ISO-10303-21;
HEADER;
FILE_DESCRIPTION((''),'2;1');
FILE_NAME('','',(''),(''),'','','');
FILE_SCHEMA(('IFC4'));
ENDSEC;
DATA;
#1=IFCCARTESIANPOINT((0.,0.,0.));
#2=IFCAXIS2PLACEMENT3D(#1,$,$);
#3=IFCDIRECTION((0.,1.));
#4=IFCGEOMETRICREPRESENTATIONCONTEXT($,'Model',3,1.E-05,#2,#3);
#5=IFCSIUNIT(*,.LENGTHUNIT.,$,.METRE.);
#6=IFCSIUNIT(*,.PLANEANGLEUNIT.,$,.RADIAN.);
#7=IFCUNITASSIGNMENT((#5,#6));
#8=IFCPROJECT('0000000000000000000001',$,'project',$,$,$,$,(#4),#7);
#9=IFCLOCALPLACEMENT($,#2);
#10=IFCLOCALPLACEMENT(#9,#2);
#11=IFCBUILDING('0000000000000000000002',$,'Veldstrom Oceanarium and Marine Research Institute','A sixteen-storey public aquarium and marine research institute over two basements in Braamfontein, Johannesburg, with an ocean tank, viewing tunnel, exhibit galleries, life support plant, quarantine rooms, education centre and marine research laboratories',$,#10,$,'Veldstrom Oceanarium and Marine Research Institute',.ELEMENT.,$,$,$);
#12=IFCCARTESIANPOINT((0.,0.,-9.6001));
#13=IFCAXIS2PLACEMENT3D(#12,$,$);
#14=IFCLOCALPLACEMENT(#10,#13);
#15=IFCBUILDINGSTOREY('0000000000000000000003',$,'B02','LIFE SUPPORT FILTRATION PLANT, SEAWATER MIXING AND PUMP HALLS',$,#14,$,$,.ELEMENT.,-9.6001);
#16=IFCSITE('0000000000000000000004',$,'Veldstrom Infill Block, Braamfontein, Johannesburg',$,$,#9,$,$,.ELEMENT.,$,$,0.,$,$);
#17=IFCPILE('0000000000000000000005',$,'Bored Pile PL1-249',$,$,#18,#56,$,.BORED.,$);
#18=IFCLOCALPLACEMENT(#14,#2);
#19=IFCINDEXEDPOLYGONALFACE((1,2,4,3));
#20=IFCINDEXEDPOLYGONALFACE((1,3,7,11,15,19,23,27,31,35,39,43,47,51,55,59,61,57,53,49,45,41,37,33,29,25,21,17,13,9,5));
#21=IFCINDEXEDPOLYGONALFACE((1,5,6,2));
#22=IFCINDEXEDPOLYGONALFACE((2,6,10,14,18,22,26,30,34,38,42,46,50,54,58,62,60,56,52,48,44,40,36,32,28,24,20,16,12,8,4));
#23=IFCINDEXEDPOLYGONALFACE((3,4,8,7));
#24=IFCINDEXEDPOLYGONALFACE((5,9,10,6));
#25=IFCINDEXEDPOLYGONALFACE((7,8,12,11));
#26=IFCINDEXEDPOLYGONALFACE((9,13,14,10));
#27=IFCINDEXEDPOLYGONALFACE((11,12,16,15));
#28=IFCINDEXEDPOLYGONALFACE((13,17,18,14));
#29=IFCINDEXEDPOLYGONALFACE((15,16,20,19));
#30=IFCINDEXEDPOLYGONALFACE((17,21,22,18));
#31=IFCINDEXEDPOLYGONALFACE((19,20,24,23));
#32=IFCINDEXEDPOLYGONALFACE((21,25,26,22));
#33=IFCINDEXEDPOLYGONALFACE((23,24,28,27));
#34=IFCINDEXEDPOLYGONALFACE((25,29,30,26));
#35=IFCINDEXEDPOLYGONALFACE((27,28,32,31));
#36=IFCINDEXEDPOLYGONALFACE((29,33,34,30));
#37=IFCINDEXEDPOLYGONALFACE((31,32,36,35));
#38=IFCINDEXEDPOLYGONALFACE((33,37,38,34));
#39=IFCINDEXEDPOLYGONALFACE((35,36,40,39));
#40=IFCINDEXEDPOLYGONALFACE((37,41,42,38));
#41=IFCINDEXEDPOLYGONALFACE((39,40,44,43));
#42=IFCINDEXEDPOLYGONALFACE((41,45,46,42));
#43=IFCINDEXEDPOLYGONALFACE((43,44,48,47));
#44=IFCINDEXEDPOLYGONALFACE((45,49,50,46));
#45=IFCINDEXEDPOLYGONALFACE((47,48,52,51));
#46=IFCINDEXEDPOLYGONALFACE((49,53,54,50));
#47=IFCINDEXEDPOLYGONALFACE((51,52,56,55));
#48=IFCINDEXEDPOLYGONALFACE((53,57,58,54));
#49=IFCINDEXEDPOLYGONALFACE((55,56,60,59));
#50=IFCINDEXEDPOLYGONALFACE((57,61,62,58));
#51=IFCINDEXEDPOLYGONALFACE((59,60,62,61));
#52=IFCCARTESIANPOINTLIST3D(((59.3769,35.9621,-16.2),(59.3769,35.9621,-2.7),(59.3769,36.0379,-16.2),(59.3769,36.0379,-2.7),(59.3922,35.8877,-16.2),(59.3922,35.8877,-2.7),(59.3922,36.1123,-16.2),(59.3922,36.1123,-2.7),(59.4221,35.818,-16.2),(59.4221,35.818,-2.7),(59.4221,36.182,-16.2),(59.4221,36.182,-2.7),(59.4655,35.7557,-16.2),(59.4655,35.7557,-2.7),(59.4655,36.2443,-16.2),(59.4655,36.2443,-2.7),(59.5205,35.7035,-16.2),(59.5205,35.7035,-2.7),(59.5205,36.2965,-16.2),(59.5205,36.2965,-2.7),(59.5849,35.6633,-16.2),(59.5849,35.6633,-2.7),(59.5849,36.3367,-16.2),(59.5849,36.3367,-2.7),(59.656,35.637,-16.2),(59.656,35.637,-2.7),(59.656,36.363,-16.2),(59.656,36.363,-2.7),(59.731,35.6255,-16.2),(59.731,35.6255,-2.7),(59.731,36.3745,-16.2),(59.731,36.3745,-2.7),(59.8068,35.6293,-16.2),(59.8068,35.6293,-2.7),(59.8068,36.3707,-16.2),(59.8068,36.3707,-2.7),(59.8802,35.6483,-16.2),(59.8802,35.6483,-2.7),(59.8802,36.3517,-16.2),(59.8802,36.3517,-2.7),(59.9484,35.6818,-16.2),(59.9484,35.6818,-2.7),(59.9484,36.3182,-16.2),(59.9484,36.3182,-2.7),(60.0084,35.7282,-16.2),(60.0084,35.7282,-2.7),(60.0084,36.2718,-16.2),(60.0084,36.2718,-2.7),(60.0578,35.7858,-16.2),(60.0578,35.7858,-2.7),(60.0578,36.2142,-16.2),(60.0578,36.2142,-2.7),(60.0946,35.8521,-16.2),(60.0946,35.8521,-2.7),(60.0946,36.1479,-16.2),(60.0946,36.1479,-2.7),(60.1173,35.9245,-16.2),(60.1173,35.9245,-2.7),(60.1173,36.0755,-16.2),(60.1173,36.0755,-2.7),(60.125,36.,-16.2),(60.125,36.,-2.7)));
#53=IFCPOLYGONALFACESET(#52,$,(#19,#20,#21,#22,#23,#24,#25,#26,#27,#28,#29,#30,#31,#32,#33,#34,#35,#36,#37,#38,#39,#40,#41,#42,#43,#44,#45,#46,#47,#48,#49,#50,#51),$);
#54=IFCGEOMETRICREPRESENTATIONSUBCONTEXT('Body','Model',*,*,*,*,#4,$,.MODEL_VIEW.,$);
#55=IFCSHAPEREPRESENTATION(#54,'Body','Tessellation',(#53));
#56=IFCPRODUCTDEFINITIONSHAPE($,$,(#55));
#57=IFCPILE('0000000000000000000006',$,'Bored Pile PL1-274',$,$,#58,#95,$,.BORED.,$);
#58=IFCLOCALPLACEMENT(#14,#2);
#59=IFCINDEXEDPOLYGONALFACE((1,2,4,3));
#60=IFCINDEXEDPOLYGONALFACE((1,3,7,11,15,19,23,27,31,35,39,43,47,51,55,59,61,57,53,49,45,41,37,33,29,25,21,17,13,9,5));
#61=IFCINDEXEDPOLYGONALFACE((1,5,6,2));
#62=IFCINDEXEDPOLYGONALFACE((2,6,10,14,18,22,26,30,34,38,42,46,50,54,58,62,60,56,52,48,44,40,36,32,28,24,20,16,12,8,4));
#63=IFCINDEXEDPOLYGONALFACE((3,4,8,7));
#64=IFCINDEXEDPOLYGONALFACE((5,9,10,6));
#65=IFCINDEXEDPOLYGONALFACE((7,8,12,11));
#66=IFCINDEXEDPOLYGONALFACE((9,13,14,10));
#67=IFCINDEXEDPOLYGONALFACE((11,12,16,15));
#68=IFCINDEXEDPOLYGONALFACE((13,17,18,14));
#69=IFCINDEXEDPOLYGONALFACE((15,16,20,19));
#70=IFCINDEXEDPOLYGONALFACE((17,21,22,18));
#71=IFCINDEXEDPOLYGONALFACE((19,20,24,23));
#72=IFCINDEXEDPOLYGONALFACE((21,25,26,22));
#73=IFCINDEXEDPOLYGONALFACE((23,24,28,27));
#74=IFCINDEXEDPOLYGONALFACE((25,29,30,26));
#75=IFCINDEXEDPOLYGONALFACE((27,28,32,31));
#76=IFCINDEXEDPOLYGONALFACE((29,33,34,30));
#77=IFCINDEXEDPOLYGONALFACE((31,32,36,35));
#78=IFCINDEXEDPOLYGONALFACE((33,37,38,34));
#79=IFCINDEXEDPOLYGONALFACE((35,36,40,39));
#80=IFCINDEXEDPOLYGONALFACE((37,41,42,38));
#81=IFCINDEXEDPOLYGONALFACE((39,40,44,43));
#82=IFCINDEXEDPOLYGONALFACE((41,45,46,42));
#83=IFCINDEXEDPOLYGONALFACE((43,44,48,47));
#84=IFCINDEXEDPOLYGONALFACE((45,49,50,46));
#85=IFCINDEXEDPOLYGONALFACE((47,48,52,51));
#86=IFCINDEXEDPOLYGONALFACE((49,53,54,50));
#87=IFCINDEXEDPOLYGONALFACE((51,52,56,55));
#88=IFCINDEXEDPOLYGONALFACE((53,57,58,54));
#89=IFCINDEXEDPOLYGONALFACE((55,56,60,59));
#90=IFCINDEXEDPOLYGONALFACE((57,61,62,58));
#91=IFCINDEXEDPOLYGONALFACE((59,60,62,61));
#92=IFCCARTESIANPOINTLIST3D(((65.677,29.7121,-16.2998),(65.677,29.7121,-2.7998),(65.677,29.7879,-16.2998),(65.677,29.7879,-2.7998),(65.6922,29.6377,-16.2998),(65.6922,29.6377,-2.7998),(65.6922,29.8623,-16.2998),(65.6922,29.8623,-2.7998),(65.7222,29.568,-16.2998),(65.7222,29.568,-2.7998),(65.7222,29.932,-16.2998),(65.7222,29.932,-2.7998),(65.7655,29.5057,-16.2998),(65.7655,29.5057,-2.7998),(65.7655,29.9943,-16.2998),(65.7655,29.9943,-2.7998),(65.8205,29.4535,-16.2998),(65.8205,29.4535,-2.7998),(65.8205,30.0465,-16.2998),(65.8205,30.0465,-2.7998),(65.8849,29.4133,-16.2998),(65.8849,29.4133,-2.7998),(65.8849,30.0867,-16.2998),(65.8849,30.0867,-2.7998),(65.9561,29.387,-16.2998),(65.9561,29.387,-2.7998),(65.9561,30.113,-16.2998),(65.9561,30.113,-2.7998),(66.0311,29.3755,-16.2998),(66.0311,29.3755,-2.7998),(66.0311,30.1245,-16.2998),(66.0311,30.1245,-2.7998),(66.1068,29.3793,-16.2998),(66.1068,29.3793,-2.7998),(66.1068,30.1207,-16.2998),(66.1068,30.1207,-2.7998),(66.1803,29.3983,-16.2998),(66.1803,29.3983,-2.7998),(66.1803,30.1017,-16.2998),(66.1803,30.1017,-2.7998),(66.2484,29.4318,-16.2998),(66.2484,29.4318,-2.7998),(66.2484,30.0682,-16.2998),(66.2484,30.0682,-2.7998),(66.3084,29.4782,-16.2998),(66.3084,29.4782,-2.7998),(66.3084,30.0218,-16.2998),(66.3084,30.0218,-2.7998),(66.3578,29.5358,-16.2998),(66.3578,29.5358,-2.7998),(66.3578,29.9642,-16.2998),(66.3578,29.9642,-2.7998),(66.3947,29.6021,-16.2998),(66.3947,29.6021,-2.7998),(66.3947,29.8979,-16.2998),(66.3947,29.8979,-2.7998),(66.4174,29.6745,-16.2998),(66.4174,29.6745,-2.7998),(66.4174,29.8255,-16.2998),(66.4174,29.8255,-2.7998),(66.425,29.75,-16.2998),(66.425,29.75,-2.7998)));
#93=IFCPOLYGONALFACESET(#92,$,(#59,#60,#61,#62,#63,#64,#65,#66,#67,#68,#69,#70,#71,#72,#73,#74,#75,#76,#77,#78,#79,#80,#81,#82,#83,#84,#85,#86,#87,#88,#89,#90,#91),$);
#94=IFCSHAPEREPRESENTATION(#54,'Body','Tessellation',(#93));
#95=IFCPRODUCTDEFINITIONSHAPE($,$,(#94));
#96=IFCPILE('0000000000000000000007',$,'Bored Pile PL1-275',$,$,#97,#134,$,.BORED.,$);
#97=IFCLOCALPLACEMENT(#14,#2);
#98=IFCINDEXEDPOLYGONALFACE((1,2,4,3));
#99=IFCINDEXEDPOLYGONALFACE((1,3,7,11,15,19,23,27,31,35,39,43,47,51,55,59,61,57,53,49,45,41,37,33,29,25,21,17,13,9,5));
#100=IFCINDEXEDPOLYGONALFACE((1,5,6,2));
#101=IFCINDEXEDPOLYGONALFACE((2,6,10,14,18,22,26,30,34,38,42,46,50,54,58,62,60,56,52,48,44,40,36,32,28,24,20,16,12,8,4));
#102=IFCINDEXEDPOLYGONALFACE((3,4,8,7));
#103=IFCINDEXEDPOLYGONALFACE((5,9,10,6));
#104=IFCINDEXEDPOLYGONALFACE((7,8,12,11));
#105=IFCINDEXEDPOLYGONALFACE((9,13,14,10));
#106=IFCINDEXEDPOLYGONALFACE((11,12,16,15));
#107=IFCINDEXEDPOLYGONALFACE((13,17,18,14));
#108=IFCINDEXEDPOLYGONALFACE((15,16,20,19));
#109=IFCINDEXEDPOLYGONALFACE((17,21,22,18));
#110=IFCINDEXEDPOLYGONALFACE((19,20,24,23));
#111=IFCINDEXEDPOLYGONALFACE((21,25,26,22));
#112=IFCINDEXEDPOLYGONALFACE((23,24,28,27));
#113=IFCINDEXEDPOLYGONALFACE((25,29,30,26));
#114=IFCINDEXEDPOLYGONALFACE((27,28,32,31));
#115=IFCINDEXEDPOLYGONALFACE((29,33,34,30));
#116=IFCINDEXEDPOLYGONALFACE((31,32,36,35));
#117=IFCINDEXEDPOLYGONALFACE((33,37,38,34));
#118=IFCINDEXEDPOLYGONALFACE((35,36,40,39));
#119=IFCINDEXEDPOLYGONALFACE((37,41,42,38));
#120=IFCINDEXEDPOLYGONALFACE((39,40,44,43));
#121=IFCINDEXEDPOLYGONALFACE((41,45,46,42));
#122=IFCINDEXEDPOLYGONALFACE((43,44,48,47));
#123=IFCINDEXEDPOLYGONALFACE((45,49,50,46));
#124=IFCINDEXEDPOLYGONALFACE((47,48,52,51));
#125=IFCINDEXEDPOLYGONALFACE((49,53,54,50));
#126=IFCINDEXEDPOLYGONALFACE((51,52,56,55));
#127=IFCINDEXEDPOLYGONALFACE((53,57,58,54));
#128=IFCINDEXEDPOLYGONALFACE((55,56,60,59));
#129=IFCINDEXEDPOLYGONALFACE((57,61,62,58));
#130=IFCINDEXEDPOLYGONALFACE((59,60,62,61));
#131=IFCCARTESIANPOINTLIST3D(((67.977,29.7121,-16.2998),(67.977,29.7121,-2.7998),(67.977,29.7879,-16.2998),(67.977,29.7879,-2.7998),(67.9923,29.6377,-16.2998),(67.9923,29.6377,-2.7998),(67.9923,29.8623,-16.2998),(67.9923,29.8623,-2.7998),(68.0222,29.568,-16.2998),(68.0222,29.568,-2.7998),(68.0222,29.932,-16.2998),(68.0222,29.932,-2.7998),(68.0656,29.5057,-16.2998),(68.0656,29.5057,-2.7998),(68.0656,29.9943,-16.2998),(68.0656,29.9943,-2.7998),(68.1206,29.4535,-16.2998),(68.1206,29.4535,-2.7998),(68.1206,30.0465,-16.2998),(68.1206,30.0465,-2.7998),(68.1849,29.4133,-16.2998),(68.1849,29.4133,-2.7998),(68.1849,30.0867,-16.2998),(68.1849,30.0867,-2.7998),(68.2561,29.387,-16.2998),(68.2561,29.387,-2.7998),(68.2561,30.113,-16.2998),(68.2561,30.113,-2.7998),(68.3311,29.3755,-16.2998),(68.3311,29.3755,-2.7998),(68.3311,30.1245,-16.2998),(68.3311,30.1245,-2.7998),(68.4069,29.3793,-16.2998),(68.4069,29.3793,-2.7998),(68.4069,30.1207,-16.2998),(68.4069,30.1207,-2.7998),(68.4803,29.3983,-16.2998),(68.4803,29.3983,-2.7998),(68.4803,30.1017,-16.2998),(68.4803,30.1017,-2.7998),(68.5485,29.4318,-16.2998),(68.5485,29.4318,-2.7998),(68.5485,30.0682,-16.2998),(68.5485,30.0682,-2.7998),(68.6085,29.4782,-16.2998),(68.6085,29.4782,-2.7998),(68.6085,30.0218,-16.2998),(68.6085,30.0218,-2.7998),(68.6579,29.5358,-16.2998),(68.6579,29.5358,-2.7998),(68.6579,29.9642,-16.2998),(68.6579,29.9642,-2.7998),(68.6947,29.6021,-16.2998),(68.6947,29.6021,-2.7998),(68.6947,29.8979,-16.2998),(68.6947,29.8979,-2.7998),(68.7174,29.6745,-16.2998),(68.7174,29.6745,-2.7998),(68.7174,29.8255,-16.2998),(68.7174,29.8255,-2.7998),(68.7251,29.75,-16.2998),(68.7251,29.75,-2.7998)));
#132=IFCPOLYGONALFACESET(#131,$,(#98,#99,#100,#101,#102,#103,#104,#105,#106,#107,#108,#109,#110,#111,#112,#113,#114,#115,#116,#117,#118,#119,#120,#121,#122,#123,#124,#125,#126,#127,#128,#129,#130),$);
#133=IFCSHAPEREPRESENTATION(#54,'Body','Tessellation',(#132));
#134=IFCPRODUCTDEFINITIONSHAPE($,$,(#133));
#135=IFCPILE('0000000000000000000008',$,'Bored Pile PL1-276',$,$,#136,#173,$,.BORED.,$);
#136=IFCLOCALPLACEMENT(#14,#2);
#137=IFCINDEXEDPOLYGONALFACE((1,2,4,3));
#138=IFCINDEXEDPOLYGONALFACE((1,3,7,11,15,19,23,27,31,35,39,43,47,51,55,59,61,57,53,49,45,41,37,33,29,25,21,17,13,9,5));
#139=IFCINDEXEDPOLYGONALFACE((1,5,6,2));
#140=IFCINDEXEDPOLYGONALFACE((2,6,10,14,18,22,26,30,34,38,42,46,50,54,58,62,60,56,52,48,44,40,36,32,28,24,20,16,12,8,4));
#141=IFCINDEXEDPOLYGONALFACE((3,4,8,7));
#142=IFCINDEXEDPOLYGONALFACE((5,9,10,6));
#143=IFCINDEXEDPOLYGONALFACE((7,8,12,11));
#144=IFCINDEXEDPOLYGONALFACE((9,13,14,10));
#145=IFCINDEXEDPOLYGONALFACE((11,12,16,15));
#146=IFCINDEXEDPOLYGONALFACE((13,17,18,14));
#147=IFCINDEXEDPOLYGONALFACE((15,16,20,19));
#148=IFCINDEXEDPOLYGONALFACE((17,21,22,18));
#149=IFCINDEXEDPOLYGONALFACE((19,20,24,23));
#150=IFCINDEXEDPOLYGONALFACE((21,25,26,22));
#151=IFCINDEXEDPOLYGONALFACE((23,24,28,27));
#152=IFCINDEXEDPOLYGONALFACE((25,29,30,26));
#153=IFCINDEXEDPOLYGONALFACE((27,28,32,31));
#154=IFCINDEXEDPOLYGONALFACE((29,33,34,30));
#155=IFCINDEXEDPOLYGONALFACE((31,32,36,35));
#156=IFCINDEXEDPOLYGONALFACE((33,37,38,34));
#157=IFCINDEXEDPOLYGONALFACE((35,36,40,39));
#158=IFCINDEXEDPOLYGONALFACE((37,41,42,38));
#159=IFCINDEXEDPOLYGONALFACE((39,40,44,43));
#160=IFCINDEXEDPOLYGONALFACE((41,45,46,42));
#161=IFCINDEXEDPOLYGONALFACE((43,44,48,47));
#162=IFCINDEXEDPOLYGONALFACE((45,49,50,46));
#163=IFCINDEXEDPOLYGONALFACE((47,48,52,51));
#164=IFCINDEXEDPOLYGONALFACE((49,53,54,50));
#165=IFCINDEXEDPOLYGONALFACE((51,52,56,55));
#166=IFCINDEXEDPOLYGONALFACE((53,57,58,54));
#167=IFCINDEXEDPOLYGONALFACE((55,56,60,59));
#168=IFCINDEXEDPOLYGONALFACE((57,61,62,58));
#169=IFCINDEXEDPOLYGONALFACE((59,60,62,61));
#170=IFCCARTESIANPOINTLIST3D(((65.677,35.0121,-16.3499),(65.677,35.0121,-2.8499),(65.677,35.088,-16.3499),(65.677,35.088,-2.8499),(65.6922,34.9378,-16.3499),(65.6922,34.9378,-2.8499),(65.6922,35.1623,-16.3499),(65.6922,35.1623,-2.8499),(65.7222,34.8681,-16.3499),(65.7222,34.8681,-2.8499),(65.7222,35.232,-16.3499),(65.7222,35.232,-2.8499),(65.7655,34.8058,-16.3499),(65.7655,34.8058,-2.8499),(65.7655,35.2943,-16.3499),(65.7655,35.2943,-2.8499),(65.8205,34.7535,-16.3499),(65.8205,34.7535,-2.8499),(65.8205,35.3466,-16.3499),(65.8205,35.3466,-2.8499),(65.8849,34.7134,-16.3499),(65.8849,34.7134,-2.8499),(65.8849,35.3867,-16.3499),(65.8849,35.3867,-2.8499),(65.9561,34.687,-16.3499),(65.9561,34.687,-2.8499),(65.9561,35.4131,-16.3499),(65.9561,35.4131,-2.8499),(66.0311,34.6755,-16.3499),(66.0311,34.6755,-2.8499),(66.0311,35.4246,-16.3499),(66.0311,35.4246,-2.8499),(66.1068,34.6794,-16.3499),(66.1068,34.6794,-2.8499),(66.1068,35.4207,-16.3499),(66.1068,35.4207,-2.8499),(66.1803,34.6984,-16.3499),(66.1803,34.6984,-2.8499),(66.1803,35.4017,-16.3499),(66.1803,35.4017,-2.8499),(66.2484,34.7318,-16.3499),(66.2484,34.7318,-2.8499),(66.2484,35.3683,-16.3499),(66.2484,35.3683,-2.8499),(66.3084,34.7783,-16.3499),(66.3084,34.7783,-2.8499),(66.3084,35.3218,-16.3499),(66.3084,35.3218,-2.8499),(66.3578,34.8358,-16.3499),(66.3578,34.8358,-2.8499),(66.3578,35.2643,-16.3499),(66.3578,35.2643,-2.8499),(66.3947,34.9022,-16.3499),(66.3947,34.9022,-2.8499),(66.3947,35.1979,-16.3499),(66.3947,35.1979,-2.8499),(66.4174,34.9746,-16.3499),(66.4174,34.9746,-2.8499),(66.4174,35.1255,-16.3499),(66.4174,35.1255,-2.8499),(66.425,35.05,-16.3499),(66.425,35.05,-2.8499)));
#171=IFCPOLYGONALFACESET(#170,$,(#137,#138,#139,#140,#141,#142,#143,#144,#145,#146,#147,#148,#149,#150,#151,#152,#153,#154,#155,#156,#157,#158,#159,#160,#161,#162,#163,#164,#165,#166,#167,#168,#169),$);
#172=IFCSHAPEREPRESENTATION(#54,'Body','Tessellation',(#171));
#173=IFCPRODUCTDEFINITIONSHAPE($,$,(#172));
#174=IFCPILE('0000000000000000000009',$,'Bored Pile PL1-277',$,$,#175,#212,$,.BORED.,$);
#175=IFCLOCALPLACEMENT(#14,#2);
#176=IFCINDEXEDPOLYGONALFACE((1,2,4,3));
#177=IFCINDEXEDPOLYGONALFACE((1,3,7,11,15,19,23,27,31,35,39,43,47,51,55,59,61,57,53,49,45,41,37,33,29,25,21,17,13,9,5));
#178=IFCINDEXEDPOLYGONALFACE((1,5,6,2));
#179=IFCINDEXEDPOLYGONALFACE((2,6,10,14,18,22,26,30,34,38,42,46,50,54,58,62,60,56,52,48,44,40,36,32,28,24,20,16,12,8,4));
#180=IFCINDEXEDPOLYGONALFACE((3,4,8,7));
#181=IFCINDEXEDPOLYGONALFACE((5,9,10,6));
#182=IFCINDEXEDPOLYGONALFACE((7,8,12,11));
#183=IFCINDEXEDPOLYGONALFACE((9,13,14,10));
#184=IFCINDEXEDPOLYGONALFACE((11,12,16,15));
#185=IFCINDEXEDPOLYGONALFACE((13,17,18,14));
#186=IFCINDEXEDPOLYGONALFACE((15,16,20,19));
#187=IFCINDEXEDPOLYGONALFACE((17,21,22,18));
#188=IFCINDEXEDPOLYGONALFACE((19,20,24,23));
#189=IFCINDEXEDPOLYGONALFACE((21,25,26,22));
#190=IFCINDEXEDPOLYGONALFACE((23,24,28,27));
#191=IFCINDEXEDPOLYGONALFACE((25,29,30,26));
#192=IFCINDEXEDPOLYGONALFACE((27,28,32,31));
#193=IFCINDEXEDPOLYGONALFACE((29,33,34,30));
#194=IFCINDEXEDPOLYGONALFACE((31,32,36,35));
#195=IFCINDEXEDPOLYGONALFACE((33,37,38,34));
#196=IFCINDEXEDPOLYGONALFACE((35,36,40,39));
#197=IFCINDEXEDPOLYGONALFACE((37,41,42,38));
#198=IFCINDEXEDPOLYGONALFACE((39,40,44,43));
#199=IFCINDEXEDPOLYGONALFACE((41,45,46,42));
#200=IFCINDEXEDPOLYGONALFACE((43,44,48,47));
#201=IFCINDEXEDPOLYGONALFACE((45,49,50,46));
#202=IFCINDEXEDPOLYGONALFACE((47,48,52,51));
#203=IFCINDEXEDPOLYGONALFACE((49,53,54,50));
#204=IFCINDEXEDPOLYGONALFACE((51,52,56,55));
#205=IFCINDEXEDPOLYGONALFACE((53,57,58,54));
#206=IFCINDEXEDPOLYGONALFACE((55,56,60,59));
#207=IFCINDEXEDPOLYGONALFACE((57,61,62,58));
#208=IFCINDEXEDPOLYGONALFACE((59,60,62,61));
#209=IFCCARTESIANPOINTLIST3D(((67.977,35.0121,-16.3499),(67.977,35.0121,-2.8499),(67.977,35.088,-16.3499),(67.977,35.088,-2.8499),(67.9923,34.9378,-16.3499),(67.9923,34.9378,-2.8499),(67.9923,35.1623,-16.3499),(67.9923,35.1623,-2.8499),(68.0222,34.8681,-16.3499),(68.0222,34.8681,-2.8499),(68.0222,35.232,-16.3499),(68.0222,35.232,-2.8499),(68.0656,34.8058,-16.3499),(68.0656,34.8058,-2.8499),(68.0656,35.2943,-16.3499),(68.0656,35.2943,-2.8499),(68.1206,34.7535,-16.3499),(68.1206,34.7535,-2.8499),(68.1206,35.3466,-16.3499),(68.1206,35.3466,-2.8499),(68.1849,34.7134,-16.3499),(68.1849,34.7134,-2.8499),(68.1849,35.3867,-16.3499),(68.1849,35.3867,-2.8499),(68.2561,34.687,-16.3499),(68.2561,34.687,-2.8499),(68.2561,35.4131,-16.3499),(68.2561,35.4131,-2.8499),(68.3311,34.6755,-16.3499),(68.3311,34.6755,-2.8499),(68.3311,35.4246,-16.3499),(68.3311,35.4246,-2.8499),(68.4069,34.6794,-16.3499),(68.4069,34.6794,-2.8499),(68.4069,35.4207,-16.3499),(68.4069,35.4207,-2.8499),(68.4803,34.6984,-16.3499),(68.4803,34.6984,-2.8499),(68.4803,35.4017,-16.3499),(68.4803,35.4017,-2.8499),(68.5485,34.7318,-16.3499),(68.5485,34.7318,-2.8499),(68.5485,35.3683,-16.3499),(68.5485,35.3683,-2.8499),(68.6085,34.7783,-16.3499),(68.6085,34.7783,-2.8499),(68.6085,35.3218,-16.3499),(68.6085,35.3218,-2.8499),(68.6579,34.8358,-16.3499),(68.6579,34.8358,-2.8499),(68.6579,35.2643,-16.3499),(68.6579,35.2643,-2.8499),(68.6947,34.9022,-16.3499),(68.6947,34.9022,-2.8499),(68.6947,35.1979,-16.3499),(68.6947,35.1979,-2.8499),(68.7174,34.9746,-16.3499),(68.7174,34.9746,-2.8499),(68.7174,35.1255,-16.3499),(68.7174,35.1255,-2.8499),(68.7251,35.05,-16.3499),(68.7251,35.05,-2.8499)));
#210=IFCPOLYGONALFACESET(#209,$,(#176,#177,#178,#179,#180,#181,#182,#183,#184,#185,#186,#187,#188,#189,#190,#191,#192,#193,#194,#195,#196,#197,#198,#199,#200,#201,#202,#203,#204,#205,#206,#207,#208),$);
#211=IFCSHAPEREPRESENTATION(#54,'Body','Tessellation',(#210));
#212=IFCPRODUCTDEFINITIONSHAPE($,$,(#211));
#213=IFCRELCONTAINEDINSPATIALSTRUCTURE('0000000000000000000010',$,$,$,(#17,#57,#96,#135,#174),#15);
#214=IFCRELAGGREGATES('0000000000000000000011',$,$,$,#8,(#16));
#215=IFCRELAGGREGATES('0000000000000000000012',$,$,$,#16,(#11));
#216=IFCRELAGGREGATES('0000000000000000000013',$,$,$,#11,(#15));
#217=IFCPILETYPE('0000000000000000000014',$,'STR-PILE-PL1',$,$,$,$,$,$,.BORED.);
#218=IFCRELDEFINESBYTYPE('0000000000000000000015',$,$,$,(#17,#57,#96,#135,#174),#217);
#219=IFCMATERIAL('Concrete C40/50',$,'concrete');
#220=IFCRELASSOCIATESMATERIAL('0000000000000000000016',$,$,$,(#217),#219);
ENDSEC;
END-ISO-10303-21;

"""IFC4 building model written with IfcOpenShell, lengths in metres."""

from ifc_helpers import new_model, si_unit, direction, frame, origin, origin_2d, place, context, subcontext, project, spatial, circle, extrude, material, material_profile, profile_set, type_object, element, save


model = new_model("IFC4")

# Units and contexts
model_context = context("Model", 3, precision=1e-05, world=origin(), true_north=direction((0.0, 1.0)))
body_context = subcontext(model_context, "Body", "Model", "MODEL_VIEW")
ifc_project = project(units=[si_unit("LENGTHUNIT", "METRE"), si_unit("PLANEANGLEUNIT", "RADIAN")], contexts=[model_context])

# Site, building, storey
site_placement = place(None, origin())
site = spatial("IfcSite", under=ifc_project, at=site_placement, Name="Veldstrom Infill Block, Braamfontein, Johannesburg", CompositionType="ELEMENT", RefElevation=0.0)
building_placement = place(site_placement, origin())
building = spatial("IfcBuilding", under=site, at=building_placement, Name="Veldstrom Oceanarium and Marine Research Institute", Description="A sixteen-storey public aquarium and marine research institute over two basements in Braamfontein, Johannesburg, with an ocean tank, viewing tunnel, exhibit galleries, life support plant, quarantine rooms, education centre and marine research laboratories", LongName="Veldstrom Oceanarium and Marine Research Institute", CompositionType="ELEMENT")
storey_placement = place(building_placement, frame((0.0, 0.0, -9.6001)))
storey = spatial("IfcBuildingStorey", under=building, at=storey_placement, Name="B02", Description="LIFE SUPPORT FILTRATION PLANT, SEAWATER MIXING AND PUMP HALLS", CompositionType="ELEMENT", Elevation=-9.6001)

# Piles
ifc_material_1 = material(Name="Concrete C40/50", Category="concrete")
ifc_material_profile_1 = material_profile(ifc_material_1, circle(Radius=0.375, at=origin_2d()), Name="PILE-D750")
ifc_profile_set_1 = profile_set([ifc_material_profile_1], Name="Concrete C40/50")
pile_type = type_object("IfcPileType", Name="STR-PILE-PL1", PredefinedType="BORED", material=ifc_profile_set_1)
for number, where, z_axis, x_axis, name in (
    (1, (59.75, 36.0, -2.7), (0.0, 0.0, -1.0), (1.0, 0.0, 0.0), "Bored Pile PL1-249"),
    (2, (66.05, 29.75, -2.7998), (0.0, 0.0, -1.0), (1.0, 0.0, 0.0), "Bored Pile PL1-274"),
    (3, (68.3501, 29.75, -2.7998), (0.0, 0.0, -1.0), (1.0, 0.0, 0.0), "Bored Pile PL1-275"),
    (4, (66.05, 35.05, -2.8499), (0.0, 0.0, -1.0), (1.0, 0.0, 0.0), "Bored Pile PL1-276"),
    (5, (68.3501, 35.05, -2.8499), (0.0, 0.0, -1.0), (1.0, 0.0, 0.0), "Bored Pile PL1-277"),
):
    element("IfcPile", number, at=place(storey_placement, frame(where, z_axis=z_axis, x_axis=x_axis)), inside=storey, type_object=pile_type, Name=name, PredefinedType="BORED", context=body_context, shape_type="SweptSolid", body=[
        extrude(circle(Radius=0.375, at=origin_2d()), origin(), (0.0, 0.0, 1.0), 13.5),
    ])

save(model, "model.ifc")
